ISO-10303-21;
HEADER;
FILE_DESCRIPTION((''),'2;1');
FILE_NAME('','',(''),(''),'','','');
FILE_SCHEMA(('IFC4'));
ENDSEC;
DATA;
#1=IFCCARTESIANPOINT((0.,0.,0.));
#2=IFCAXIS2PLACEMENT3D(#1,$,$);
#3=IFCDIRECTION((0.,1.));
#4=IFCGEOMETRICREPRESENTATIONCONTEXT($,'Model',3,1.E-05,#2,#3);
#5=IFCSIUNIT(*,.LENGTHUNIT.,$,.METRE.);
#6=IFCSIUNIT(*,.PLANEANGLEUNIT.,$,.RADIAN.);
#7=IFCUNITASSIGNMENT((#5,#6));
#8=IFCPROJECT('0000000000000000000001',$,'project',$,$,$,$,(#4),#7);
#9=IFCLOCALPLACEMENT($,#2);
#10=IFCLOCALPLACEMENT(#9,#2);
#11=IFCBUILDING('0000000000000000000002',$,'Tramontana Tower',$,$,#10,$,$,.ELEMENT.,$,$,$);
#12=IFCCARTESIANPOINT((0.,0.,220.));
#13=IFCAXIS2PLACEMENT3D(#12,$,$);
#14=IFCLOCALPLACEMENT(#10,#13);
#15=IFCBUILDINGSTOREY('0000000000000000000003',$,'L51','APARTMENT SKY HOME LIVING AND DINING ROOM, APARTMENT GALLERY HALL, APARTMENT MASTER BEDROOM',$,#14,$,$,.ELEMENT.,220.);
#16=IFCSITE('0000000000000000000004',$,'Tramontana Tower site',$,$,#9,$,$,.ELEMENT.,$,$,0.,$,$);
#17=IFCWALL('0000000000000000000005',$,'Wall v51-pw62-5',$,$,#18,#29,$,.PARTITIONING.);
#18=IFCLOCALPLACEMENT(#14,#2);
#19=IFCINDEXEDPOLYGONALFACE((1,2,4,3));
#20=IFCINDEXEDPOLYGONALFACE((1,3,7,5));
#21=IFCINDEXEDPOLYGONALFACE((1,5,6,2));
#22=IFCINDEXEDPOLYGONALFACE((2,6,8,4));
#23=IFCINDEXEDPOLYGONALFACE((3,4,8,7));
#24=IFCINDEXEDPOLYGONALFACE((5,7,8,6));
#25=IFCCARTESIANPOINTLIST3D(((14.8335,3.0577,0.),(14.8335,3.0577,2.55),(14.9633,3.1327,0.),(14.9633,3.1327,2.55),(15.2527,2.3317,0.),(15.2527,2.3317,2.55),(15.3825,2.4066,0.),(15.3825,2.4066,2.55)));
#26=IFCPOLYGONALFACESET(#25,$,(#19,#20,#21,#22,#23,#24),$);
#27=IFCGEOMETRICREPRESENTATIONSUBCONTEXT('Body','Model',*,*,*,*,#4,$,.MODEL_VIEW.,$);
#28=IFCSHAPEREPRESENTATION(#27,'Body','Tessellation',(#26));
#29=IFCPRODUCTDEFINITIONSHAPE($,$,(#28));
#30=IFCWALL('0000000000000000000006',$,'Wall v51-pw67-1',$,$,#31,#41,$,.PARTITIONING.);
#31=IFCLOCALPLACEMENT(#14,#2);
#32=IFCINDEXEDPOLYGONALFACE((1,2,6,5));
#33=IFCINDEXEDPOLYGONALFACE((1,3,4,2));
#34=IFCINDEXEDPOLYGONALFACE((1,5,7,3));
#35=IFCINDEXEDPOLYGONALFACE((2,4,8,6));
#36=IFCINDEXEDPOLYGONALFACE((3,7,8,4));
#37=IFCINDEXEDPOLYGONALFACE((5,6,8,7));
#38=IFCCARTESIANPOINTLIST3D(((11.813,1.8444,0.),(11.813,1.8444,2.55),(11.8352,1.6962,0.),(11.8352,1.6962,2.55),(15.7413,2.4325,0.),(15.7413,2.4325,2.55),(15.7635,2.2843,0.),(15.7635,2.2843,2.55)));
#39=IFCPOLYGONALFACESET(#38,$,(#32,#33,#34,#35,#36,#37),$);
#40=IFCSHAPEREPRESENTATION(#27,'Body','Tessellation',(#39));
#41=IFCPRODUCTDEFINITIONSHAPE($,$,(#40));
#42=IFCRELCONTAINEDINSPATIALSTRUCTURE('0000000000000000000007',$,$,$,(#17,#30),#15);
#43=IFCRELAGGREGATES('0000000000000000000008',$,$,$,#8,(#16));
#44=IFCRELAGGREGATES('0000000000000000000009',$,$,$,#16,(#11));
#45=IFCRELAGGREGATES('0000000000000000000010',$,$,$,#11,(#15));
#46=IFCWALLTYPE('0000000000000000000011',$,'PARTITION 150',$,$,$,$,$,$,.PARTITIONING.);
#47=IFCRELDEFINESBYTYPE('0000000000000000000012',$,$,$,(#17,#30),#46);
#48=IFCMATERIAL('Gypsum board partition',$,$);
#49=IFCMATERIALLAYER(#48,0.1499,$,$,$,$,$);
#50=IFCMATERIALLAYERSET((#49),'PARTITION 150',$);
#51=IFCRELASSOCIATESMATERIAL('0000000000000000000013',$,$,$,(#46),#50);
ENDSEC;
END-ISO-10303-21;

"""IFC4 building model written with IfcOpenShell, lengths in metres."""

from ifc_helpers import new_model, si_unit, direction, frame, frame_2d, origin, place, context, subcontext, project, spatial, rectangle, extrude, material, layer, layer_set, type_object, element, save


model = new_model("IFC4")

# Units and contexts
model_context = context("Model", 3, precision=1e-05, world=origin(), true_north=direction((0.0, 1.0)))
body_context = subcontext(model_context, "Body", "Model", "MODEL_VIEW")
ifc_project = project(units=[si_unit("LENGTHUNIT", "METRE"), si_unit("PLANEANGLEUNIT", "RADIAN")], contexts=[model_context])

# Site, building, storey
site_placement = place(None, origin())
site = spatial("IfcSite", under=ifc_project, at=site_placement, Name="Tramontana Tower site", CompositionType="ELEMENT", RefElevation=0.0)
building_placement = place(site_placement, origin())
building = spatial("IfcBuilding", under=site, at=building_placement, Name="Tramontana Tower", CompositionType="ELEMENT")
storey_placement = place(building_placement, frame((0.0, 0.0, 220.0)))
storey = spatial("IfcBuildingStorey", under=building, at=storey_placement, Name="L51", Description="APARTMENT SKY HOME LIVING AND DINING ROOM, APARTMENT GALLERY HALL, APARTMENT MASTER BEDROOM", CompositionType="ELEMENT", Elevation=220.0)

# Shared definitions
ifc_material_1 = material(Name="Gypsum board partition")
ifc_layer_1 = layer(ifc_material_1, 0.1499)
ifc_layer_set_1 = layer_set([ifc_layer_1], Name="PARTITION 150")
wall_type_1 = type_object("IfcWallType", Name="PARTITION 150", PredefinedType="PARTITIONING", material=ifc_layer_set_1)

# Wall
wall_1_placement = place(storey_placement, frame((14.8984, 3.0952, 0.0), z_axis=(0.0, 0.0, 1.0), x_axis=(0.499991, -0.86603, 0.0)))
element("IfcWall", 1, at=wall_1_placement, inside=storey, type_object=wall_type_1, Name="Wall v51-pw62-5", PredefinedType="PARTITIONING", context=body_context, shape_type="SweptSolid", body=[
    extrude(rectangle(XDim=0.8384, YDim=0.1499, at=frame_2d((0.4192, 0.0))), origin(), (0.0, 0.0, 1.0), 2.55),
])

# Wall
wall_2_placement = place(storey_placement, frame((15.7524, 2.3584, 0.0), z_axis=(0.0, 0.0, 1.0), x_axis=(-0.988978, -0.148061, 0.0)))
element("IfcWall", 2, at=wall_2_placement, inside=storey, type_object=wall_type_1, Name="Wall v51-pw67-1", PredefinedType="PARTITIONING", context=body_context, shape_type="SweptSolid", body=[
    extrude(rectangle(XDim=3.9722, YDim=0.1499, at=frame_2d((1.9861, 0.0))), origin(), (0.0, 0.0, 1.0), 2.55),
])

save(model, "model.ifc")
